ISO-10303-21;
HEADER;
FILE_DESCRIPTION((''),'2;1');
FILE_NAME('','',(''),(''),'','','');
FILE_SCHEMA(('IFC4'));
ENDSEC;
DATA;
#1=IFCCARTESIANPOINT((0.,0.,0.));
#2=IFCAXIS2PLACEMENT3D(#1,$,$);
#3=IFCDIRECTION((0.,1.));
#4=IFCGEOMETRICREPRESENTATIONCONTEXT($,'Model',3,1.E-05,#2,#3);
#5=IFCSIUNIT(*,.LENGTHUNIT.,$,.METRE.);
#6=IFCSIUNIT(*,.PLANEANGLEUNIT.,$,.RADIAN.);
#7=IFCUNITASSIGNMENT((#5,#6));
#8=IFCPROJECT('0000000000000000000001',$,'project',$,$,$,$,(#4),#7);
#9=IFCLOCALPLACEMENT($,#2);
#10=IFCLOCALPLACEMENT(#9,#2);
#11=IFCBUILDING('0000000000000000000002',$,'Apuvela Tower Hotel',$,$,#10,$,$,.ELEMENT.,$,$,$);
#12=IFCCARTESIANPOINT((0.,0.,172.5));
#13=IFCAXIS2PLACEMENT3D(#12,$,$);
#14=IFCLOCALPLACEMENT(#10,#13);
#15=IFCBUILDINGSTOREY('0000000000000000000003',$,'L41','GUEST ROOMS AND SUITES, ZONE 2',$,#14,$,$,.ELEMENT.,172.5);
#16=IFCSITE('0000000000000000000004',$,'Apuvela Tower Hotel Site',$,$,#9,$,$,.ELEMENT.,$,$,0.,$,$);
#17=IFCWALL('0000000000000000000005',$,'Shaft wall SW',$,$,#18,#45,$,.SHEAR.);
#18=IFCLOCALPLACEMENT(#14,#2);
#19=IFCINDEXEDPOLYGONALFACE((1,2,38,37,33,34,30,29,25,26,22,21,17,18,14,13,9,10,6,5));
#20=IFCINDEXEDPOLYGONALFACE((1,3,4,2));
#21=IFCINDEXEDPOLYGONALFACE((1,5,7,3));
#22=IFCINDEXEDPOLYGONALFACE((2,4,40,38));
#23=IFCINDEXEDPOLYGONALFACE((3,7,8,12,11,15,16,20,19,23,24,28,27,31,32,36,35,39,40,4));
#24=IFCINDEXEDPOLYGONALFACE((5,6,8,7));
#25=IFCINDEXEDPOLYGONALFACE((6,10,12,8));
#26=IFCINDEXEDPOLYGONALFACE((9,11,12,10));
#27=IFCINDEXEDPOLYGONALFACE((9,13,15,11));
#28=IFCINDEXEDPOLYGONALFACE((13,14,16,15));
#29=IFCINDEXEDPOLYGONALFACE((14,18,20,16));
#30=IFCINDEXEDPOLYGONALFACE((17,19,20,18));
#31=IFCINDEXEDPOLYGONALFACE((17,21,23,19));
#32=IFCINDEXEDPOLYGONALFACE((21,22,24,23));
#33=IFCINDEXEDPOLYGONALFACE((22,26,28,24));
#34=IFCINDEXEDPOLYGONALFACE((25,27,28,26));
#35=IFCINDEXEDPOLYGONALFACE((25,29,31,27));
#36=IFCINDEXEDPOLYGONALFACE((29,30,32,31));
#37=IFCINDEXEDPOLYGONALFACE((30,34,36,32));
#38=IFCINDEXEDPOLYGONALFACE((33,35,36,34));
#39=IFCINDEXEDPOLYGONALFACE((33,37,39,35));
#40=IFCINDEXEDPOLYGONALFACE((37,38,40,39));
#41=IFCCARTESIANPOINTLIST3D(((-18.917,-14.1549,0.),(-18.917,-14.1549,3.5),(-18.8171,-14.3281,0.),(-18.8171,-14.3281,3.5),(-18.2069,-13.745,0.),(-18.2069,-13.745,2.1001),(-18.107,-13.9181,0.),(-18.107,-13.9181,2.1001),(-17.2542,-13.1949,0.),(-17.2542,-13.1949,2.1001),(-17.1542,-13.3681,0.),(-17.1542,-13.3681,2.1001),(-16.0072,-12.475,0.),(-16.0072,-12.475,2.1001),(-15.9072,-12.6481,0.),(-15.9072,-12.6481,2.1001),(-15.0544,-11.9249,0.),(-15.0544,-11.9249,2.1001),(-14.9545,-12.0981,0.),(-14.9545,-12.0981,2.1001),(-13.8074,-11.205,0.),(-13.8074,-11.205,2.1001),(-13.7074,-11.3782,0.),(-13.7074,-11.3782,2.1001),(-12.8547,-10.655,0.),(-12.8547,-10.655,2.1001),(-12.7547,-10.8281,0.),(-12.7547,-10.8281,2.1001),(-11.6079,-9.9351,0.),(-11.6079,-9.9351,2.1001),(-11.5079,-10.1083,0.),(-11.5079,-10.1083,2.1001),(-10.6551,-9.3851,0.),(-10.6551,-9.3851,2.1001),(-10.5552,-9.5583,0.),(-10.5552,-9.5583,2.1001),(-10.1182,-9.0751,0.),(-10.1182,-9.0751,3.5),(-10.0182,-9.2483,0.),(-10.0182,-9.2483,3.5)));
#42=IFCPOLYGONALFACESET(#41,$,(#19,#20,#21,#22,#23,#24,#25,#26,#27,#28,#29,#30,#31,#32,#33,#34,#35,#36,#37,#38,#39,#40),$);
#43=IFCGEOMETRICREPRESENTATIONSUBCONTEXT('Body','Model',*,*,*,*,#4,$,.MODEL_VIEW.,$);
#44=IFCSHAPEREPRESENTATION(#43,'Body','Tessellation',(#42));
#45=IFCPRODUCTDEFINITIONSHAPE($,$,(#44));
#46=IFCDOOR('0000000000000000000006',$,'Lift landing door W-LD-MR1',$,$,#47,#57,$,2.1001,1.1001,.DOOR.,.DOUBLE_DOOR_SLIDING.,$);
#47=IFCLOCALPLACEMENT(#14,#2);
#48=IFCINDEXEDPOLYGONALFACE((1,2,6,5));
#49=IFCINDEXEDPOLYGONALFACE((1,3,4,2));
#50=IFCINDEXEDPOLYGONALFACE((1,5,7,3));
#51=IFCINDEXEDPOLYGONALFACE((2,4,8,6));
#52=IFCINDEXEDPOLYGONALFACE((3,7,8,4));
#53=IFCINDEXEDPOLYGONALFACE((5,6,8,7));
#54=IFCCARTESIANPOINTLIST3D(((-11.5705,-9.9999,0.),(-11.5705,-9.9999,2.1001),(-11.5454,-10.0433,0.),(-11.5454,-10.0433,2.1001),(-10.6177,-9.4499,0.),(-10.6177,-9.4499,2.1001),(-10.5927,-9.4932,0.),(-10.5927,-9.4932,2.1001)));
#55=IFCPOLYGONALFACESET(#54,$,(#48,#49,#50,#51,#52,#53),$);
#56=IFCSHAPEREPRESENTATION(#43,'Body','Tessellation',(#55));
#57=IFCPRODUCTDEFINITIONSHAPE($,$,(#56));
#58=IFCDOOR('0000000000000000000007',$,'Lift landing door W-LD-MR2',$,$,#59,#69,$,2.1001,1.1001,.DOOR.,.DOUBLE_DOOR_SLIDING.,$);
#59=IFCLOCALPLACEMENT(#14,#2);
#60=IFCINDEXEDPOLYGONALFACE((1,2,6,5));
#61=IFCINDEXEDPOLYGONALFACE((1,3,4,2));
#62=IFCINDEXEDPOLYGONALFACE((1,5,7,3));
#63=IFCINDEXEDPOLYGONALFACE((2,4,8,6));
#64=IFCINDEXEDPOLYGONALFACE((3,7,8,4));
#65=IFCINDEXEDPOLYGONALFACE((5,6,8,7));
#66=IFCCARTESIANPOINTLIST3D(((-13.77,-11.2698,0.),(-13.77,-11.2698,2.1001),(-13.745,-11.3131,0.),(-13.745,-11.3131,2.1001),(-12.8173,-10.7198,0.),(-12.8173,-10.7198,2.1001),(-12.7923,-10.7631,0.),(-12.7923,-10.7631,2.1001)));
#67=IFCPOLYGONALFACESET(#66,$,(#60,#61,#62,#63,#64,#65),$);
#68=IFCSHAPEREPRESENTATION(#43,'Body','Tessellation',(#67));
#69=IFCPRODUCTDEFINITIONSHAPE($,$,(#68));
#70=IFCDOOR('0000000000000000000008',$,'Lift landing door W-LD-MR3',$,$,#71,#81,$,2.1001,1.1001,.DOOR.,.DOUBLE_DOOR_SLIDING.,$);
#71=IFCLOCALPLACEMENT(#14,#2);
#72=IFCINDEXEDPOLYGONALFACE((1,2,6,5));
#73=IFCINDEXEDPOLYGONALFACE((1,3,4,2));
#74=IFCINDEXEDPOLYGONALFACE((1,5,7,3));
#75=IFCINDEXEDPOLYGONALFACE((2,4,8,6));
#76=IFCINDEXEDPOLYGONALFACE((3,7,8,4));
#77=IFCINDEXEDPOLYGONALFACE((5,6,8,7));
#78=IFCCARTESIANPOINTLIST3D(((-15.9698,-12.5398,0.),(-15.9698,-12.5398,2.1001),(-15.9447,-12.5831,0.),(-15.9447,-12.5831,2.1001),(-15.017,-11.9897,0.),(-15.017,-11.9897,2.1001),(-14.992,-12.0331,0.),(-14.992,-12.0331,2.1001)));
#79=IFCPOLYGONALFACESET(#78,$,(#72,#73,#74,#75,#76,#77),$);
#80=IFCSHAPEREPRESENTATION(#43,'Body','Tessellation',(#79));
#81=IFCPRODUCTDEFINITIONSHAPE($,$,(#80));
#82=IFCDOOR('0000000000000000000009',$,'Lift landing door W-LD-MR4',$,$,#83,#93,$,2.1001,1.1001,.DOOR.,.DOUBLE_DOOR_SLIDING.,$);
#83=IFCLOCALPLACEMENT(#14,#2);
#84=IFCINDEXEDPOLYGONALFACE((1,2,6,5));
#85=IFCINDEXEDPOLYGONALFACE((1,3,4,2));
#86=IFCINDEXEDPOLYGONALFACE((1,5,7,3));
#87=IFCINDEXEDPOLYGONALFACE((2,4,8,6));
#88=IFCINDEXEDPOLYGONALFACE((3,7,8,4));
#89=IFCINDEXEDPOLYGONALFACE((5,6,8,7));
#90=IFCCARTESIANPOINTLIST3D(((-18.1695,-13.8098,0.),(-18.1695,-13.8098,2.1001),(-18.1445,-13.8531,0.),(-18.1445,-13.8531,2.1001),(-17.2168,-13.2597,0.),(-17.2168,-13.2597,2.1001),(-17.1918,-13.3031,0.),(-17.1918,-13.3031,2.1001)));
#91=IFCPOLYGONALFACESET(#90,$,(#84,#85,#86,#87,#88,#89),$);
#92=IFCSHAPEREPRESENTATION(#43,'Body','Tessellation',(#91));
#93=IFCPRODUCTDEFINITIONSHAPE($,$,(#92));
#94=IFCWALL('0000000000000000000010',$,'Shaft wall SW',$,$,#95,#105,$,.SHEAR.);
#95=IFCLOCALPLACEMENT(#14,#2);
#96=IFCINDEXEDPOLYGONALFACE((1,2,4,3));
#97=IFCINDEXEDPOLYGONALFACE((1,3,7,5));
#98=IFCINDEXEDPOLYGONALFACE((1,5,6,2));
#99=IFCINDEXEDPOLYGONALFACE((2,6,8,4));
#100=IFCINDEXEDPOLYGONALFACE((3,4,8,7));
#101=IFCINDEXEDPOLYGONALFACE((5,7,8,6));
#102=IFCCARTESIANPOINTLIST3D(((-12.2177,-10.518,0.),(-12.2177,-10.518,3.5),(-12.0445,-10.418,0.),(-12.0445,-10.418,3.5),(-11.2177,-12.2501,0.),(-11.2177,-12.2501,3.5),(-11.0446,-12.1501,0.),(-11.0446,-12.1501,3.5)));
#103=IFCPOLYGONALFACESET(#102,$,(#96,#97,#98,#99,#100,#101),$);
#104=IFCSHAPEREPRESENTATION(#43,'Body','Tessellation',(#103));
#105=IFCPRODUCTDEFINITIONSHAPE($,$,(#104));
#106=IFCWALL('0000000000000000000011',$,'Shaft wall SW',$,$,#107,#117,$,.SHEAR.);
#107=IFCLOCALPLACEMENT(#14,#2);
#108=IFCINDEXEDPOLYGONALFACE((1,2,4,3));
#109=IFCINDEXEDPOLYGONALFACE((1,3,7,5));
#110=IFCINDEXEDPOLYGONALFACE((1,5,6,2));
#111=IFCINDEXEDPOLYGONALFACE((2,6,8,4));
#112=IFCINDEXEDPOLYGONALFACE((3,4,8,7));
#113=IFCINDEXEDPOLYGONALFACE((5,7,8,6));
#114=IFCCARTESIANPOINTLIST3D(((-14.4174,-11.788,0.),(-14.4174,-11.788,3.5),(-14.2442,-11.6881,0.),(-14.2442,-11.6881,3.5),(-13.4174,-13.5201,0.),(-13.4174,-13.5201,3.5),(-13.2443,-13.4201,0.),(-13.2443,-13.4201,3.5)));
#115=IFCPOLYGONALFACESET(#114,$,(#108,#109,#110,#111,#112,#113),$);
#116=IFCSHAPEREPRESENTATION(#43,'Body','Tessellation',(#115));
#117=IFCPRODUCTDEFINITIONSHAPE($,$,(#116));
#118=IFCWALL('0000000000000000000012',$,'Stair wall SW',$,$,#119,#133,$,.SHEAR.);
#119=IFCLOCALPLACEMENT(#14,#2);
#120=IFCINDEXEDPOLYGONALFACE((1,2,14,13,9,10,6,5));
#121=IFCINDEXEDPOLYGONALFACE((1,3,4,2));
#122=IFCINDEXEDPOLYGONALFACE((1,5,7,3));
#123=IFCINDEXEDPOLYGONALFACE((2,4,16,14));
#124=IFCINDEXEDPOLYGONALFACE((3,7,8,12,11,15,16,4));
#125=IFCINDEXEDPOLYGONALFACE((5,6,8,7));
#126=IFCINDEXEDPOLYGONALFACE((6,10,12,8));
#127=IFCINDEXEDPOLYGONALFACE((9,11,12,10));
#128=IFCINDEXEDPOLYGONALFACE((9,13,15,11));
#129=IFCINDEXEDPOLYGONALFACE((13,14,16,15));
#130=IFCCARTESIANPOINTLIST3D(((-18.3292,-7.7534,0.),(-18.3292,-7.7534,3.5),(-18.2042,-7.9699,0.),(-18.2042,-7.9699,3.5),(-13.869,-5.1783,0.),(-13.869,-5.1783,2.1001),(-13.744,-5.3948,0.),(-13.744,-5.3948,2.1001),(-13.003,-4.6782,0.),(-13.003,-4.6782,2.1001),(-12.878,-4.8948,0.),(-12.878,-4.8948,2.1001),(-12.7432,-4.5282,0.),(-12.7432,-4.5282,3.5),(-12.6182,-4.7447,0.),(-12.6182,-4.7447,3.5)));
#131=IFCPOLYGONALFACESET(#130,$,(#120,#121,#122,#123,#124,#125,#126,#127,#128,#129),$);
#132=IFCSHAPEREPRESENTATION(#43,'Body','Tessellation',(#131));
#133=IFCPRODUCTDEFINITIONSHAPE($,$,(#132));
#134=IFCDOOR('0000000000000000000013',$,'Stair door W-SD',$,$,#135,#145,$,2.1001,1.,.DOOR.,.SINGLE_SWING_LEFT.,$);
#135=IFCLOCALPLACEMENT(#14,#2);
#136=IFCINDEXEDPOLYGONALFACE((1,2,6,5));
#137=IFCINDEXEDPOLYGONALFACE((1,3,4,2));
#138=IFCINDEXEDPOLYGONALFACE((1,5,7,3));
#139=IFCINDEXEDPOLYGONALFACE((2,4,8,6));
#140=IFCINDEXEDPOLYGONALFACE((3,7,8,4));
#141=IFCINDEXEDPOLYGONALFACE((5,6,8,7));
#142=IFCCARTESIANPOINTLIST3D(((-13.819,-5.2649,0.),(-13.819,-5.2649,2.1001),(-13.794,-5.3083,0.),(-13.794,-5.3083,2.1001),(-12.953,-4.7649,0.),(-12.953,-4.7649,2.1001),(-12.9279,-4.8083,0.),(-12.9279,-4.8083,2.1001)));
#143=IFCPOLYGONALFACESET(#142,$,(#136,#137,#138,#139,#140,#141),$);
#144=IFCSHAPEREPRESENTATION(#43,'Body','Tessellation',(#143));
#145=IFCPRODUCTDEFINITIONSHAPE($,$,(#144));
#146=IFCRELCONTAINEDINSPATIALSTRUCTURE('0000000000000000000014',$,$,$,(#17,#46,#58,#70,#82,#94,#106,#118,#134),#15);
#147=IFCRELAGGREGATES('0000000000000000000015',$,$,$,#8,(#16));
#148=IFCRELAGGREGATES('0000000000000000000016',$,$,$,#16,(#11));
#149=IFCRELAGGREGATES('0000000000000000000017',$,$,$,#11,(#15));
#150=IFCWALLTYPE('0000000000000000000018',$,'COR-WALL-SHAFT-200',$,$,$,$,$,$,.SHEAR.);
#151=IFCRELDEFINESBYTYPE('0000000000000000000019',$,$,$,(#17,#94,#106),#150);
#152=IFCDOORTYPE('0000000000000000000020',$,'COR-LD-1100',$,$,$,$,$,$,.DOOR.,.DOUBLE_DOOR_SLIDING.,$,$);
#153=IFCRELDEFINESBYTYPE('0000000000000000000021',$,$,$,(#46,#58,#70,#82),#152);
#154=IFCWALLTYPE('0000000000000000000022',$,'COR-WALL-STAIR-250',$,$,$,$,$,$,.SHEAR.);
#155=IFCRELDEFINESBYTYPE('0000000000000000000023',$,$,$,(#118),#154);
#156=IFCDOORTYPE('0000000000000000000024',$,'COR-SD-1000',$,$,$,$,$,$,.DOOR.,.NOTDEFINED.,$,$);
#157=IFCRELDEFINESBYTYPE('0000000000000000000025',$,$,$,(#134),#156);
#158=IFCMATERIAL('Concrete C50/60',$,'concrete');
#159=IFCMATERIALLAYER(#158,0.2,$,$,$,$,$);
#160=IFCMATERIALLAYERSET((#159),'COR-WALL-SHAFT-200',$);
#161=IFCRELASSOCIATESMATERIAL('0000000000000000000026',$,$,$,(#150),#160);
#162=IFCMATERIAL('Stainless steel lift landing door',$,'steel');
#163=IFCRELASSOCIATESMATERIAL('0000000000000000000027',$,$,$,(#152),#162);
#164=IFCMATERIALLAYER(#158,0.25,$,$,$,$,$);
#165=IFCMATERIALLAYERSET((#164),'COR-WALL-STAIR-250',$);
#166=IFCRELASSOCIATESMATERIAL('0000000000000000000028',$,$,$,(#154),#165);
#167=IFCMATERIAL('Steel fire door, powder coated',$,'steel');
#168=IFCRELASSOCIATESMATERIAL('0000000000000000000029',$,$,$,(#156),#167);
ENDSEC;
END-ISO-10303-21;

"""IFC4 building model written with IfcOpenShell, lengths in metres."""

from ifc_helpers import new_model, si_unit, direction, frame, frame_2d, origin, place, context, subcontext, project, spatial, rectangle, extrude, material, layer, layer_set, type_object, element, fill, save


model = new_model("IFC4")

# Units and contexts
model_context = context("Model", 3, precision=1e-05, world=origin(), true_north=direction((0.0, 1.0)))
body_context = subcontext(model_context, "Body", "Model", "MODEL_VIEW")
ifc_project = project(units=[si_unit("LENGTHUNIT", "METRE"), si_unit("PLANEANGLEUNIT", "RADIAN")], contexts=[model_context])

# Site, building, storey
site_placement = place(None, origin())
site = spatial("IfcSite", under=ifc_project, at=site_placement, Name="Apuvela Tower Hotel Site", CompositionType="ELEMENT", RefElevation=0.0)
building_placement = place(site_placement, origin())
building = spatial("IfcBuilding", under=site, at=building_placement, Name="Apuvela Tower Hotel", CompositionType="ELEMENT")
storey_placement = place(building_placement, frame((0.0, 0.0, 172.5)))
storey = spatial("IfcBuildingStorey", under=building, at=storey_placement, Name="L41", Description="GUEST ROOMS AND SUITES, ZONE 2", CompositionType="ELEMENT", Elevation=172.5)

# Shared definitions
ifc_material_1 = material(Name="Concrete C50/60", Category="concrete")

# Shared definitions
ifc_layer_1 = layer(ifc_material_1, 0.2)
ifc_layer_set_1 = layer_set([ifc_layer_1], Name="COR-WALL-SHAFT-200")
wall_type_1 = type_object("IfcWallType", Name="COR-WALL-SHAFT-200", PredefinedType="SHEAR", material=ifc_layer_set_1)
ifc_material_2 = material(Name="Stainless steel lift landing door", Category="steel")

# Wall, openings, doors
wall_1_placement = place(storey_placement, frame((-10.0681, -9.1616, 0.0), z_axis=(0.0, 0.0, 1.0), x_axis=(-0.866033, -0.499987, 0.0)))
wall_1 = element("IfcWall", 1, at=wall_1_placement, inside=storey, type_object=wall_type_1, Name="Shaft wall SW", PredefinedType="SHEAR", context=body_context, shape_type="SweptSolid", body=[
    extrude(rectangle(XDim=10.1599, YDim=0.2, at=frame_2d((5.0801, 0.0))), origin(), (0.0, 0.0, 1.0), 3.5),
])
opening_1_placement = place(wall_1_placement, frame((0.6201, 0.0, 0.0)))
opening_1 = element("IfcOpeningElement", 2, at=opening_1_placement, cuts=wall_1, PredefinedType="OPENING", context=body_context, shape_type="SweptSolid", body=[
    extrude(rectangle(XDim=1.1001, YDim=2.1001, at=frame_2d((0.55, 1.05))), frame((0.0, 0.1099, 0.0), z_axis=(0.0, -1.0, 0.0), x_axis=(1.0, 0.0, 0.0)), (0.0, 0.0, 1.0), 0.22),
])
opening_2_placement = place(wall_1_placement, frame((3.1599, 0.0, 0.0)))
opening_2 = element("IfcOpeningElement", 3, at=opening_2_placement, cuts=wall_1, PredefinedType="OPENING", context=body_context, shape_type="SweptSolid", body=[
    extrude(rectangle(XDim=1.1001, YDim=2.1001, at=frame_2d((0.55, 1.05))), frame((0.0, 0.1099, 0.0), z_axis=(0.0, -1.0, 0.0), x_axis=(1.0, 0.0, 0.0)), (0.0, 0.0, 1.0), 0.22),
])
opening_3_placement = place(wall_1_placement, frame((5.7, 0.0, 0.0)))
opening_3 = element("IfcOpeningElement", 4, at=opening_3_placement, cuts=wall_1, PredefinedType="OPENING", context=body_context, shape_type="SweptSolid", body=[
    extrude(rectangle(XDim=1.1001, YDim=2.1001, at=frame_2d((0.55, 1.05))), frame((0.0, 0.1099, 0.0), z_axis=(0.0, -1.0, 0.0), x_axis=(1.0, 0.0, 0.0)), (0.0, 0.0, 1.0), 0.22),
])
opening_4_placement = place(wall_1_placement, frame((8.24, 0.0, 0.0)))
opening_4 = element("IfcOpeningElement", 5, at=opening_4_placement, cuts=wall_1, PredefinedType="OPENING", context=body_context, shape_type="SweptSolid", body=[
    extrude(rectangle(XDim=1.1001, YDim=2.1001, at=frame_2d((0.55, 1.05))), frame((0.0, 0.1099, 0.0), z_axis=(0.0, -1.0, 0.0), x_axis=(1.0, 0.0, 0.0)), (0.0, 0.0, 1.0), 0.22),
])
door_type_1 = type_object("IfcDoorType", Name="COR-LD-1100", OperationType="DOUBLE_DOOR_SLIDING", PredefinedType="DOOR", material=ifc_material_2)
door_1_placement = place(opening_1_placement, origin())
door_1 = element("IfcDoor", 6, at=door_1_placement, inside=storey, type_object=door_type_1, Name="Lift landing door W-LD-MR1", OperationType="DOUBLE_DOOR_SLIDING", OverallHeight=2.1001, OverallWidth=1.1001, PredefinedType="DOOR", context=body_context, shape_type="SweptSolid", body=[
    extrude(rectangle(XDim=1.1001, YDim=2.1001, at=frame_2d((0.55, 1.05))), frame((0.0, 0.0249, 0.0), z_axis=(0.0, -1.0, 0.0), x_axis=(1.0, 0.0, 0.0)), (0.0, 0.0, 1.0), 0.05),
])
fill(opening_1, door_1)
door_2_placement = place(opening_2_placement, origin())
door_2 = element("IfcDoor", 7, at=door_2_placement, inside=storey, type_object=door_type_1, Name="Lift landing door W-LD-MR2", OperationType="DOUBLE_DOOR_SLIDING", OverallHeight=2.1001, OverallWidth=1.1001, PredefinedType="DOOR", context=body_context, shape_type="SweptSolid", body=[
    extrude(rectangle(XDim=1.1001, YDim=2.1001, at=frame_2d((0.55, 1.05))), frame((0.0, 0.0249, 0.0), z_axis=(0.0, -1.0, 0.0), x_axis=(1.0, 0.0, 0.0)), (0.0, 0.0, 1.0), 0.05),
])
fill(opening_2, door_2)
door_3_placement = place(opening_3_placement, origin())
door_3 = element("IfcDoor", 8, at=door_3_placement, inside=storey, type_object=door_type_1, Name="Lift landing door W-LD-MR3", OperationType="DOUBLE_DOOR_SLIDING", OverallHeight=2.1001, OverallWidth=1.1001, PredefinedType="DOOR", context=body_context, shape_type="SweptSolid", body=[
    extrude(rectangle(XDim=1.1001, YDim=2.1001, at=frame_2d((0.55, 1.05))), frame((0.0, 0.0249, 0.0), z_axis=(0.0, -1.0, 0.0), x_axis=(1.0, 0.0, 0.0)), (0.0, 0.0, 1.0), 0.05),
])
fill(opening_3, door_3)
door_4_placement = place(opening_4_placement, origin())
door_4 = element("IfcDoor", 9, at=door_4_placement, inside=storey, type_object=door_type_1, Name="Lift landing door W-LD-MR4", OperationType="DOUBLE_DOOR_SLIDING", OverallHeight=2.1001, OverallWidth=1.1001, PredefinedType="DOOR", context=body_context, shape_type="SweptSolid", body=[
    extrude(rectangle(XDim=1.1001, YDim=2.1001, at=frame_2d((0.55, 1.05))), frame((0.0, 0.0249, 0.0), z_axis=(0.0, -1.0, 0.0), x_axis=(1.0, 0.0, 0.0)), (0.0, 0.0, 1.0), 0.05),
])
fill(opening_4, door_4)

# Walls
for number, where, z_axis, x_axis, name in (
    (10, (-12.1311, -10.468, 0.0), (0.0, 0.0, 1.0), (0.499973, -0.866041, 0.0), "Shaft wall SW"),
    (11, (-14.3308, -11.738, 0.0), (0.0, 0.0, 1.0), (0.499973, -0.866041, 0.0), "Shaft wall SW"),
):
    element("IfcWall", number, at=place(storey_placement, frame(where, z_axis=z_axis, x_axis=x_axis)), inside=storey, type_object=wall_type_1, Name=name, PredefinedType="SHEAR", context=body_context, shape_type="SweptSolid", body=[
        extrude(rectangle(XDim=2.0, YDim=0.2, at=frame_2d((1.0, 0.0))), origin(), (0.0, 0.0, 1.0), 3.5),
    ])

# Wall, opening, door
ifc_layer_2 = layer(ifc_material_1, 0.25)
ifc_layer_set_2 = layer_set([ifc_layer_2], Name="COR-WALL-STAIR-250")
wall_type_2 = type_object("IfcWallType", Name="COR-WALL-STAIR-250", PredefinedType="SHEAR", material=ifc_layer_set_2)
wall_2_placement = place(storey_placement, frame((-12.6807, -4.6365, 0.0), z_axis=(0.0, 0.0, 1.0), x_axis=(-0.866022, -0.500006, 0.0)))
wall_2 = element("IfcWall", 12, at=wall_2_placement, inside=storey, type_object=wall_type_2, Name="Stair wall SW", PredefinedType="SHEAR", context=body_context, shape_type="SweptSolid", body=[
    extrude(rectangle(XDim=6.4502, YDim=0.25, at=frame_2d((3.2251, 0.0))), origin(), (0.0, 0.0, 1.0), 3.5),
])
opening_5_placement = place(wall_2_placement, frame((0.3, 0.0, 0.0)))
opening_5 = element("IfcOpeningElement", 13, at=opening_5_placement, cuts=wall_2, PredefinedType="OPENING", context=body_context, shape_type="SweptSolid", body=[
    extrude(rectangle(XDim=1.0, YDim=2.1001, at=frame_2d((0.5, 1.05))), frame((0.0, 0.135, 0.0), z_axis=(0.0, -1.0, 0.0), x_axis=(1.0, 0.0, 0.0)), (0.0, 0.0, 1.0), 0.27),
])
ifc_material_3 = material(Name="Steel fire door, powder coated", Category="steel")
door_type_2 = type_object("IfcDoorType", Name="COR-SD-1000", OperationType="NOTDEFINED", PredefinedType="DOOR", material=ifc_material_3)
door_5_placement = place(opening_5_placement, frame((1.0, 0.0, 0.0), z_axis=(0.0, 0.0, 1.0), x_axis=(-1.0, 0.0, 0.0)))
door_5 = element("IfcDoor", 14, at=door_5_placement, inside=storey, type_object=door_type_2, Name="Stair door W-SD", OperationType="SINGLE_SWING_LEFT", OverallHeight=2.1001, OverallWidth=1.0, PredefinedType="DOOR", context=body_context, shape_type="SweptSolid", body=[
    extrude(rectangle(XDim=1.0, YDim=2.1001, at=frame_2d((0.5, 1.05))), frame((0.0, 0.0249, 0.0), z_axis=(0.0, -1.0, 0.0), x_axis=(1.0, 0.0, 0.0)), (0.0, 0.0, 1.0), 0.05),
])
fill(opening_5, door_5)

save(model, "model.ifc")
